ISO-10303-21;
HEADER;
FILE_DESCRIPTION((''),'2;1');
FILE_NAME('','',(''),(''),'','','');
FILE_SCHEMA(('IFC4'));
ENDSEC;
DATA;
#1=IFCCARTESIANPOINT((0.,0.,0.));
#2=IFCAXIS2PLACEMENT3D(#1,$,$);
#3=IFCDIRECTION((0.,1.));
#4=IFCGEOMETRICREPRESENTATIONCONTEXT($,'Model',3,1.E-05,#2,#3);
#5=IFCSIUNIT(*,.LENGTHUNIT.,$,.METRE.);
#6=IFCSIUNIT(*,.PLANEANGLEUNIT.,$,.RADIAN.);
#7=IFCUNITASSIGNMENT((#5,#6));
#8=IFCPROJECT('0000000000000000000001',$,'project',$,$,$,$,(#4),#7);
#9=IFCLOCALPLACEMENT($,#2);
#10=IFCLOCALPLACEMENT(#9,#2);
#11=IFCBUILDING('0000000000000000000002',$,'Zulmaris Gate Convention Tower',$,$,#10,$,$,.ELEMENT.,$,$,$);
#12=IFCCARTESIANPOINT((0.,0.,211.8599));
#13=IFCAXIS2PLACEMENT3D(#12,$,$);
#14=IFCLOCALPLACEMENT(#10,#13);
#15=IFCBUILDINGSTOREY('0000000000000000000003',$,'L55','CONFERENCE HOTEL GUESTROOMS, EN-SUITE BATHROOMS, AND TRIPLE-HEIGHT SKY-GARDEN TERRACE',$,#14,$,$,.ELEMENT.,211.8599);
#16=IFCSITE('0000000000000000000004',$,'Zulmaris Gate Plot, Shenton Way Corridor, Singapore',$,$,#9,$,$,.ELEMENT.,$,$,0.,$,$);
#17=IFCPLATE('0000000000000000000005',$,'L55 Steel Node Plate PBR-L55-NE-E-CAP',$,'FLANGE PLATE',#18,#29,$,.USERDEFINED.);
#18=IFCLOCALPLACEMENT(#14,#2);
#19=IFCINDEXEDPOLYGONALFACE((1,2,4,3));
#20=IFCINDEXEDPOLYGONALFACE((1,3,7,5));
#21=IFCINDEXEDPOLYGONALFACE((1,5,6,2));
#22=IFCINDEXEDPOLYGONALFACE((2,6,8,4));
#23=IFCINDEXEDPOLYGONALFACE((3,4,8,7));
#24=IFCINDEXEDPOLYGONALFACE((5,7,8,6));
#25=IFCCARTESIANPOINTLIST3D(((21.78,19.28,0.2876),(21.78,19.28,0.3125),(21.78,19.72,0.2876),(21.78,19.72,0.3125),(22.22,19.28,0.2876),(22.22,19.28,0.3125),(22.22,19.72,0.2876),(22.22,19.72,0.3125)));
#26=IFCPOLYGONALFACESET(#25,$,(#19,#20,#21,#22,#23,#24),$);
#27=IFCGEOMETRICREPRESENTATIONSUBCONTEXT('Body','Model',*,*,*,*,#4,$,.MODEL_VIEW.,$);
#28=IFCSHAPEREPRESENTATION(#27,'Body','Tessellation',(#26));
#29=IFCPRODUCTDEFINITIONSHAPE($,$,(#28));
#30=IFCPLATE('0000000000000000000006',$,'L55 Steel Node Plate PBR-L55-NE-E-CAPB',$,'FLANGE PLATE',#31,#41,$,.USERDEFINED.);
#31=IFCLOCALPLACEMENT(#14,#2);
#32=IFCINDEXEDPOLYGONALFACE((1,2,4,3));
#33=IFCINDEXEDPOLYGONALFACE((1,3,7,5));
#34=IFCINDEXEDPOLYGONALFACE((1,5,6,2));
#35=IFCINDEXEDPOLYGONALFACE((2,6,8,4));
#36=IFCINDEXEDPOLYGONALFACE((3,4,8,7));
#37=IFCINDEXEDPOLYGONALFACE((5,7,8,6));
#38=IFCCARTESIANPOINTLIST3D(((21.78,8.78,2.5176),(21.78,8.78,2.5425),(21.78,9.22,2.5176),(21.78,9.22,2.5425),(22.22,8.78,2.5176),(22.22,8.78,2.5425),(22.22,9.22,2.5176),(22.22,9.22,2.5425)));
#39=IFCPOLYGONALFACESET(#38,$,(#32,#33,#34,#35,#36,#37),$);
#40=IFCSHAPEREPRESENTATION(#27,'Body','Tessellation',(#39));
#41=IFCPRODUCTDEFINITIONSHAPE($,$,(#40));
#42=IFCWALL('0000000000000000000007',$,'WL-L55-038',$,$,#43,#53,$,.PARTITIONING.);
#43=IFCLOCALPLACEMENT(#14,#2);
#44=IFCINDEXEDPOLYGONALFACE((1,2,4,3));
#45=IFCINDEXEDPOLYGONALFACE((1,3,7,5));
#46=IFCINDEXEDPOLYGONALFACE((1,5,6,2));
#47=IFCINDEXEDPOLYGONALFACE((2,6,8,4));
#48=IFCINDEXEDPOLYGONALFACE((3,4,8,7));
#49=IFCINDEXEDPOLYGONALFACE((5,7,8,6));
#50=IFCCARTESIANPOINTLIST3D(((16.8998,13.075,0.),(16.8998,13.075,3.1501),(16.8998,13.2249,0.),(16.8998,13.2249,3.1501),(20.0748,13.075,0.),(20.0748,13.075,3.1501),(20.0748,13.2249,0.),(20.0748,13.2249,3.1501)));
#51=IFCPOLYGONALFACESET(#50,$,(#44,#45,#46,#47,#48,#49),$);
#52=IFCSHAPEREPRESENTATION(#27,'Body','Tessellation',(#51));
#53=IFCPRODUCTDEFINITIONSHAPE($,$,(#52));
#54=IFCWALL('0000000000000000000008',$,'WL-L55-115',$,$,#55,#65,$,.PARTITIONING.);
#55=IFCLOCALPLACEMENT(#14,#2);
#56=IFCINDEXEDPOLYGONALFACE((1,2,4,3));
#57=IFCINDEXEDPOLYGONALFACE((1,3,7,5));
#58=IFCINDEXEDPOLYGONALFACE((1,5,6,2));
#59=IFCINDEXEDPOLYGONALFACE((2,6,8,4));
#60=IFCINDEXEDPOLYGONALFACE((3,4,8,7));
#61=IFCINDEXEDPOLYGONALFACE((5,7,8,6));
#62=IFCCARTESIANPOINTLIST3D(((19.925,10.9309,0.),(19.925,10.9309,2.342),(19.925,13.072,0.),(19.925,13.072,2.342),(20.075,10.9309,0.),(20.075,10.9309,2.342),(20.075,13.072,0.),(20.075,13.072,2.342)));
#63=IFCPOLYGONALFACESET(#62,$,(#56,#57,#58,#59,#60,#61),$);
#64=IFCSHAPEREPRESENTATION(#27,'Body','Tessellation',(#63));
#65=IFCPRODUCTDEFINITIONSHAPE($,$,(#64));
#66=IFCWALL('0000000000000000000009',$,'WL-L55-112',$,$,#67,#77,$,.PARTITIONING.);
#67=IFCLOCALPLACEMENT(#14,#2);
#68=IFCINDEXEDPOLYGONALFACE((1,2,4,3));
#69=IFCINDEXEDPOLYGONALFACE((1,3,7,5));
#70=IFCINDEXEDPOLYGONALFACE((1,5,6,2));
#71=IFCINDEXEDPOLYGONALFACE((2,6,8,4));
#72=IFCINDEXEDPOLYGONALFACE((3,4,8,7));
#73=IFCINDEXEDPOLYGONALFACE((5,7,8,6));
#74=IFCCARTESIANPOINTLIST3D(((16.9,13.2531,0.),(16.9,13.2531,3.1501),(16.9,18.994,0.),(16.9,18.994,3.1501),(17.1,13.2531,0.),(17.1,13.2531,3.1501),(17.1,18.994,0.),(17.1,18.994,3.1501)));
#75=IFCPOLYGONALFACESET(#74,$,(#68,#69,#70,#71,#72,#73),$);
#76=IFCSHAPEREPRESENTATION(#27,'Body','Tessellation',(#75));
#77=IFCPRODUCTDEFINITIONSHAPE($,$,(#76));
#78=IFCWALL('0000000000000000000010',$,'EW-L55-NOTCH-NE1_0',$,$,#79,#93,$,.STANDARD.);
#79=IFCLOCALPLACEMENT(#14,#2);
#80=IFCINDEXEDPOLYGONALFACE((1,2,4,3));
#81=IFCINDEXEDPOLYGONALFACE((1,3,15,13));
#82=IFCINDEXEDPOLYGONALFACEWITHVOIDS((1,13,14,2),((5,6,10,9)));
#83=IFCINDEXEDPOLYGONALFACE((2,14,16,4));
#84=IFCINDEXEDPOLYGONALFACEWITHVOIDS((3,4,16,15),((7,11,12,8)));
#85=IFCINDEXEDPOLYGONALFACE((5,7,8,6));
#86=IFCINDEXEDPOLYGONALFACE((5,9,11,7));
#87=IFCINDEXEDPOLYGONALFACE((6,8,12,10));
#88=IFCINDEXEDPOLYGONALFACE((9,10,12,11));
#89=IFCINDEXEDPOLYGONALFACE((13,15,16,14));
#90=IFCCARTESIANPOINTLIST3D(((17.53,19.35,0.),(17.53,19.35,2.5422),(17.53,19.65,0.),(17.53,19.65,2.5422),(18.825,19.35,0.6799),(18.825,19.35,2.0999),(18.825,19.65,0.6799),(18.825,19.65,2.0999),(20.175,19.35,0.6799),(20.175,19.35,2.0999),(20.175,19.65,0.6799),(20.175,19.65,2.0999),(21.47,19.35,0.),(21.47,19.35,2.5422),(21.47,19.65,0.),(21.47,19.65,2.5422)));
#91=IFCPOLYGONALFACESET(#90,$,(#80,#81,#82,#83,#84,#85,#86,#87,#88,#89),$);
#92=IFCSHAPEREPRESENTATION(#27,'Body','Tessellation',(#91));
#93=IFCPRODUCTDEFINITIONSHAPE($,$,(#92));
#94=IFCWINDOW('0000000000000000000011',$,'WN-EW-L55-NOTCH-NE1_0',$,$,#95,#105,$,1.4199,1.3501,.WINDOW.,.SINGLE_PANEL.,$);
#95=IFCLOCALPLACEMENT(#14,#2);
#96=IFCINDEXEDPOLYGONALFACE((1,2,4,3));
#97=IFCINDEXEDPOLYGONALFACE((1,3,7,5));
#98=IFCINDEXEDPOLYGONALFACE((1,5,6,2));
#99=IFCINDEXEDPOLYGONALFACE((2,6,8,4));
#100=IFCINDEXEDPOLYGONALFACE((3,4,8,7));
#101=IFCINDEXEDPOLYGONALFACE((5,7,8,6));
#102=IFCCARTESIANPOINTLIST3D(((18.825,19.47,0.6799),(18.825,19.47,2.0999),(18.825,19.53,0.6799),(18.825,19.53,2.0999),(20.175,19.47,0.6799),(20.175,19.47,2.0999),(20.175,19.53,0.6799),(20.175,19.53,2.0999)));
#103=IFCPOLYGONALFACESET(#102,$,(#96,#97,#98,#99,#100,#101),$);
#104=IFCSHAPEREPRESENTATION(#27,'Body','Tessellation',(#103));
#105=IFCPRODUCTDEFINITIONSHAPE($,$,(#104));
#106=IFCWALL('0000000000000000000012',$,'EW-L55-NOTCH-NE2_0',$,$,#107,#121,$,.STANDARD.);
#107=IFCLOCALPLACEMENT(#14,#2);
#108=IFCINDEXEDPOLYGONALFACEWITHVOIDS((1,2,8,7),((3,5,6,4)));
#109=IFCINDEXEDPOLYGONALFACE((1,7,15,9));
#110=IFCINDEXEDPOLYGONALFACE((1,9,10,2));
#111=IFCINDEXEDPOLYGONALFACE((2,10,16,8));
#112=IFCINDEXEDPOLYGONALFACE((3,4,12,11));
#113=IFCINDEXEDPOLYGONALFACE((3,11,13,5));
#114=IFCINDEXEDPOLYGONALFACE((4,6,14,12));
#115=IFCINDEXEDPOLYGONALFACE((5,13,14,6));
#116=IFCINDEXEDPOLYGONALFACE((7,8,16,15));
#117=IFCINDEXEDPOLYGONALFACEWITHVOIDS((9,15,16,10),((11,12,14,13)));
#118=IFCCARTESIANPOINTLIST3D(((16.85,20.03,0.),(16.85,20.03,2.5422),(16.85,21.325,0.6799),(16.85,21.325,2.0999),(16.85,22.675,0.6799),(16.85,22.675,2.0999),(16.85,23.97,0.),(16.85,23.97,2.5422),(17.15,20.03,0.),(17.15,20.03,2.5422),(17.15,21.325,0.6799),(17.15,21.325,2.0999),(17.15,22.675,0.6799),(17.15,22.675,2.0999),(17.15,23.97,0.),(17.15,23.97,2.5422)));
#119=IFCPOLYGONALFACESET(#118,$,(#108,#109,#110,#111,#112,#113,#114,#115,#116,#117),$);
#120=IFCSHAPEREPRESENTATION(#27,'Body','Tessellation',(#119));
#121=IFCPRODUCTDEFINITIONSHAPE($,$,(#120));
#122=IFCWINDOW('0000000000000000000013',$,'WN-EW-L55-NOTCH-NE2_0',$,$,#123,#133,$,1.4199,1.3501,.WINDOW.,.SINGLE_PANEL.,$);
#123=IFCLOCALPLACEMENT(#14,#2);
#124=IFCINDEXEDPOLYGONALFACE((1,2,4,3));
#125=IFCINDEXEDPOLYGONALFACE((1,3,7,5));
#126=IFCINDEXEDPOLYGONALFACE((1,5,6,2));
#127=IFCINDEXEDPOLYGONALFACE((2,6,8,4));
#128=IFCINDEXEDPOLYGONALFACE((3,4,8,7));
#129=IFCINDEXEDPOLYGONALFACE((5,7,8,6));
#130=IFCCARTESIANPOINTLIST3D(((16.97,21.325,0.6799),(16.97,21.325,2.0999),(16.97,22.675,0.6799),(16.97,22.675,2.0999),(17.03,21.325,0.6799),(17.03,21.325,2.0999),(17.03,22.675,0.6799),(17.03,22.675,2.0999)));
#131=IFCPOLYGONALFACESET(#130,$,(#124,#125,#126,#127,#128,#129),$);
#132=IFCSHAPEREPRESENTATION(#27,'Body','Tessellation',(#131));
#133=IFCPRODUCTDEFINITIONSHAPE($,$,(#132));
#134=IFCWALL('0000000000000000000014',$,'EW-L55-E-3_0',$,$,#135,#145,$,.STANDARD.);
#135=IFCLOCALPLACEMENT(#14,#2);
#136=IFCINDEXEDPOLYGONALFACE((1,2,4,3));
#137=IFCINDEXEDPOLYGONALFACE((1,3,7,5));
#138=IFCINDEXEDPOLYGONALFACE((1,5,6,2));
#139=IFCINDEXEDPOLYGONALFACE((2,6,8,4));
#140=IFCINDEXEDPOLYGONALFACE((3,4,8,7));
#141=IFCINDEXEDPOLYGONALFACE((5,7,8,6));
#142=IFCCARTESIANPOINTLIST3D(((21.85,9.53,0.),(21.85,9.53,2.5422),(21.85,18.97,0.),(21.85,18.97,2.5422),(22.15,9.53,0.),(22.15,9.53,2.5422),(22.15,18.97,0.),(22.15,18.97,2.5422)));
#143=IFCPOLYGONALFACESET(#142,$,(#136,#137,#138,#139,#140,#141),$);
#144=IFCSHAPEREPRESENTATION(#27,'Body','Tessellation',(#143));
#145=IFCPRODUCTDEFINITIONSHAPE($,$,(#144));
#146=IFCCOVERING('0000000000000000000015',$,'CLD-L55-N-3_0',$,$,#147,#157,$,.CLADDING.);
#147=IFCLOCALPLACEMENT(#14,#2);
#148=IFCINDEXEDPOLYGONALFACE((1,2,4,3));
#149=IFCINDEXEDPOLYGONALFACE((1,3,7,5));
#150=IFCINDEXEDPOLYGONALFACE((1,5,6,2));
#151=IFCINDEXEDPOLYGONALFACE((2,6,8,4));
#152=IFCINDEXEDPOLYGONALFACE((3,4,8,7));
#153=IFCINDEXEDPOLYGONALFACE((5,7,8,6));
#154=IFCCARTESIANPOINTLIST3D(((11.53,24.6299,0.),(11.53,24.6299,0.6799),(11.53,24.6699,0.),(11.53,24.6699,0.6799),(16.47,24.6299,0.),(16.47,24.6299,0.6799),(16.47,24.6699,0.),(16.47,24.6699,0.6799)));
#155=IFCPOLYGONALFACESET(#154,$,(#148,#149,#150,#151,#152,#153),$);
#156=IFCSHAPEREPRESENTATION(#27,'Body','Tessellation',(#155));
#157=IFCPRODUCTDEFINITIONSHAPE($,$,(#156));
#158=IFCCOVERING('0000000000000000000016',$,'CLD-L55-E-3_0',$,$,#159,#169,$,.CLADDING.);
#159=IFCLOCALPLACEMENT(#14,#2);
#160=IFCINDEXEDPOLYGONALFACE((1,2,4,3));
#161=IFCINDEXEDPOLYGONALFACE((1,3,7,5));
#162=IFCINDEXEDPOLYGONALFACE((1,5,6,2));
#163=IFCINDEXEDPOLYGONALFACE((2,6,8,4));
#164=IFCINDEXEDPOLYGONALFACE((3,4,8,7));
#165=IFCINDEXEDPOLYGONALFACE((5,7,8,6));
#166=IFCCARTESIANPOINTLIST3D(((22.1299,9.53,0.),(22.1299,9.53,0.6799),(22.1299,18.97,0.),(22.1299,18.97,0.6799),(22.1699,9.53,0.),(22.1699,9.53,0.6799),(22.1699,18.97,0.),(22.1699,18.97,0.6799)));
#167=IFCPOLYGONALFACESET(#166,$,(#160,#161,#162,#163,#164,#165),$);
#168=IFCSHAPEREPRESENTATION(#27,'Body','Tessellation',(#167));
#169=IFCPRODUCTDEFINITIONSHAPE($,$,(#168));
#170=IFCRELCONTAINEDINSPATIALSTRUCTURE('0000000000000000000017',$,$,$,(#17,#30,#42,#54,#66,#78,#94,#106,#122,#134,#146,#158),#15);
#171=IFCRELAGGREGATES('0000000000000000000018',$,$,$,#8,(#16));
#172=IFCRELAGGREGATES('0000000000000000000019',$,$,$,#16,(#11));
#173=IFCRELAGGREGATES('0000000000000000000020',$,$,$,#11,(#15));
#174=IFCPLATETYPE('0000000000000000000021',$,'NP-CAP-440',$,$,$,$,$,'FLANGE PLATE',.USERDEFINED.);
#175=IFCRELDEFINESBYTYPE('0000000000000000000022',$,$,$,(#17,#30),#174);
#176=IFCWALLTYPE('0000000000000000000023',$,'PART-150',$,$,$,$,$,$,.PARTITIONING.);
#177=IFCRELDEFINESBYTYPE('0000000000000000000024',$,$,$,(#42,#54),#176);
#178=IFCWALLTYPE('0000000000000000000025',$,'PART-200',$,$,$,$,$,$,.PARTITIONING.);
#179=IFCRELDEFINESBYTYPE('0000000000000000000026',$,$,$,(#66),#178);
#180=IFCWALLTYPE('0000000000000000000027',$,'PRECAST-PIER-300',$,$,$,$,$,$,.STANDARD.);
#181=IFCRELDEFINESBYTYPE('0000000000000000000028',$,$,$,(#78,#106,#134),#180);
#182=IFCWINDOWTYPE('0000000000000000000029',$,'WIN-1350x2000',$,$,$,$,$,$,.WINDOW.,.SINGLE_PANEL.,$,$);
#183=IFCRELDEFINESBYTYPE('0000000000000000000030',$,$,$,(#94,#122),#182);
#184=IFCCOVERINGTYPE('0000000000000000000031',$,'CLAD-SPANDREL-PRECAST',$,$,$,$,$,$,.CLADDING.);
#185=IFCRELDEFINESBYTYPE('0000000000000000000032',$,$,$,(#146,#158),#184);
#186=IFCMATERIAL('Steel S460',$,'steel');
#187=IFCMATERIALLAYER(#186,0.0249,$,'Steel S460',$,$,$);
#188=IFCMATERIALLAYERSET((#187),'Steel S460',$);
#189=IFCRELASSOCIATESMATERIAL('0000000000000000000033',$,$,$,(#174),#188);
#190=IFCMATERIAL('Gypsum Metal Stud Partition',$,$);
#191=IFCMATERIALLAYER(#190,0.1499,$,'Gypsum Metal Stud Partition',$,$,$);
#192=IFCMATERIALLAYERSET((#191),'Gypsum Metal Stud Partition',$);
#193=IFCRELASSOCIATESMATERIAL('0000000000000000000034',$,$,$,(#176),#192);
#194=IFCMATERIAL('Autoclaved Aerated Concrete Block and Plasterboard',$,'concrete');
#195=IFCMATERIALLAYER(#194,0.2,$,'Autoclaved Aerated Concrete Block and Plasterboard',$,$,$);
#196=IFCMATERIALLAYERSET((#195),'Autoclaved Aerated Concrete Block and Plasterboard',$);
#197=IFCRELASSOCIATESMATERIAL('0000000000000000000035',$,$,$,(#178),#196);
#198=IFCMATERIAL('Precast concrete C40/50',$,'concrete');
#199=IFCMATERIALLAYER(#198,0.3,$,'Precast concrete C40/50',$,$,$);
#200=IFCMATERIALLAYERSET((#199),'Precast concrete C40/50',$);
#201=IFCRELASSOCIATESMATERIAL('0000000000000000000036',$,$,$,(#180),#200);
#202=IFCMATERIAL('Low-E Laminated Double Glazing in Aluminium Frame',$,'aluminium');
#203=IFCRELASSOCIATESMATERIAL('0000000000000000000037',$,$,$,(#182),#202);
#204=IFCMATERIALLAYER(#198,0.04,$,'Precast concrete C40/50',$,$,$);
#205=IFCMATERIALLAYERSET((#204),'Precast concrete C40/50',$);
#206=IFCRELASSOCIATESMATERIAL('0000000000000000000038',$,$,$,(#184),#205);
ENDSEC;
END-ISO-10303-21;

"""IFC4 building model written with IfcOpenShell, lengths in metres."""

from ifc_helpers import new_model, si_unit, direction, frame, frame_2d, origin, origin_2d, place, context, subcontext, project, spatial, rectangle, extrude, material, layer, layer_set, type_object, element, fill, save


model = new_model("IFC4")

# Units and contexts
model_context = context("Model", 3, precision=1e-05, world=origin(), true_north=direction((0.0, 1.0)))
body_context = subcontext(model_context, "Body", "Model", "MODEL_VIEW")
ifc_project = project(units=[si_unit("LENGTHUNIT", "METRE"), si_unit("PLANEANGLEUNIT", "RADIAN")], contexts=[model_context])

# Site, building, storey
site_placement = place(None, origin())
site = spatial("IfcSite", under=ifc_project, at=site_placement, Name="Zulmaris Gate Plot, Shenton Way Corridor, Singapore", CompositionType="ELEMENT", RefElevation=0.0)
building_placement = place(site_placement, origin())
building = spatial("IfcBuilding", under=site, at=building_placement, Name="Zulmaris Gate Convention Tower", CompositionType="ELEMENT")
storey_placement = place(building_placement, frame((0.0, 0.0, 211.8599)))
storey = spatial("IfcBuildingStorey", under=building, at=storey_placement, Name="L55", Description="CONFERENCE HOTEL GUESTROOMS, EN-SUITE BATHROOMS, AND TRIPLE-HEIGHT SKY-GARDEN TERRACE", CompositionType="ELEMENT", Elevation=211.8599)

# Plates
ifc_material_1 = material(Name="Steel S460", Category="steel")
ifc_layer_1 = layer(ifc_material_1, 0.0249, Name="Steel S460")
ifc_layer_set_1 = layer_set([ifc_layer_1], Name="Steel S460")
plate_type = type_object("IfcPlateType", Name="NP-CAP-440", ElementType="FLANGE PLATE", PredefinedType="USERDEFINED", material=ifc_layer_set_1)
for number, where, z_axis, x_axis, name in (
    (1, (22.0, 19.5, 0.2876), (0.0, 0.0, 1.0), (1.0, 0.0, 0.0), "L55 Steel Node Plate PBR-L55-NE-E-CAP"),
    (2, (22.0, 9.0, 2.5176), (0.0, 0.0, 1.0), (1.0, 0.0, 0.0), "L55 Steel Node Plate PBR-L55-NE-E-CAPB"),
):
    element("IfcPlate", number, at=place(storey_placement, frame(where, z_axis=z_axis, x_axis=x_axis)), inside=storey, type_object=plate_type, Name=name, ObjectType="FLANGE PLATE", PredefinedType="USERDEFINED", context=body_context, shape_type="SweptSolid", body=[
        extrude(rectangle(XDim=0.4399, YDim=0.4399, at=origin_2d()), origin(), (0.0, 0.0, 1.0), 0.0249),
    ])

# Walls
ifc_material_2 = material(Name="Gypsum Metal Stud Partition")
ifc_layer_2 = layer(ifc_material_2, 0.1499, Name="Gypsum Metal Stud Partition")
ifc_layer_set_2 = layer_set([ifc_layer_2], Name="Gypsum Metal Stud Partition")
wall_type_1 = type_object("IfcWallType", Name="PART-150", PredefinedType="PARTITIONING", material=ifc_layer_set_2)
wall_1_placement = place(storey_placement, frame((16.8999, 13.1499, 0.0), z_axis=(0.0, 0.0, 1.0), x_axis=(1.0, 0.0, 0.0)))
element("IfcWall", 3, at=wall_1_placement, inside=storey, type_object=wall_type_1, Name="WL-L55-038", PredefinedType="PARTITIONING", context=body_context, shape_type="SweptSolid", body=[
    extrude(rectangle(XDim=3.175, YDim=0.1499, at=frame_2d((1.5874, 0.0))), origin(), (0.0, 0.0, 1.0), 3.1501),
])
wall_2_placement = place(storey_placement, frame((20.0, 10.9309, 0.0), z_axis=(0.0, 0.0, 1.0), x_axis=(0.0, 1.0, 0.0)))
element("IfcWall", 4, at=wall_2_placement, inside=storey, type_object=wall_type_1, Name="WL-L55-115", PredefinedType="PARTITIONING", context=body_context, shape_type="SweptSolid", body=[
    extrude(rectangle(XDim=2.1411, YDim=0.1499, at=frame_2d((1.0706, 0.0))), origin(), (0.0, 0.0, 1.0), 2.342),
])
ifc_material_3 = material(Name="Autoclaved Aerated Concrete Block and Plasterboard", Category="concrete")
ifc_layer_3 = layer(ifc_material_3, 0.2, Name="Autoclaved Aerated Concrete Block and Plasterboard")
ifc_layer_set_3 = layer_set([ifc_layer_3], Name="Autoclaved Aerated Concrete Block and Plasterboard")
wall_type_2 = type_object("IfcWallType", Name="PART-200", PredefinedType="PARTITIONING", material=ifc_layer_set_3)
wall_3_placement = place(storey_placement, frame((17.0, 13.2529, 0.0), z_axis=(0.0, 0.0, 1.0), x_axis=(0.0, 1.0, 0.0)))
element("IfcWall", 5, at=wall_3_placement, inside=storey, type_object=wall_type_2, Name="WL-L55-112", PredefinedType="PARTITIONING", context=body_context, shape_type="SweptSolid", body=[
    extrude(rectangle(XDim=5.741, YDim=0.2, at=frame_2d((2.8706, 0.0))), origin(), (0.0, 0.0, 1.0), 3.1501),
])

# Walls, openings, windows
ifc_material_4 = material(Name="Precast concrete C40/50", Category="concrete")
ifc_layer_4 = layer(ifc_material_4, 0.3, Name="Precast concrete C40/50")
ifc_layer_set_4 = layer_set([ifc_layer_4], Name="Precast concrete C40/50")
wall_type_3 = type_object("IfcWallType", Name="PRECAST-PIER-300", PredefinedType="STANDARD", material=ifc_layer_set_4)
wall_4_placement = place(storey_placement, frame((21.47, 19.5, 0.0), z_axis=(0.0, 0.0, 1.0), x_axis=(-1.0, 0.0, 0.0)))
wall_4 = element("IfcWall", 6, at=wall_4_placement, inside=storey, type_object=wall_type_3, Name="EW-L55-NOTCH-NE1_0", PredefinedType="STANDARD", context=body_context, shape_type="SweptSolid", body=[
    extrude(rectangle(XDim=3.9399, YDim=0.3, at=frame_2d((1.97, 0.0))), origin(), (0.0, 0.0, 1.0), 2.5422),
])
opening_1_placement = place(wall_4_placement, frame((1.2949, 0.0, 0.6799)))
opening_1 = element("IfcOpeningElement", 7, at=opening_1_placement, cuts=wall_4, PredefinedType="OPENING", context=body_context, shape_type="SweptSolid", body=[
    extrude(rectangle(XDim=1.3501, YDim=1.4199, at=frame_2d((0.675, 0.71))), frame((0.0, 0.1602, 0.0), z_axis=(0.0, -1.0, 0.0), x_axis=(1.0, 0.0, 0.0)), (0.0, 0.0, 1.0), 0.3201),
])
ifc_material_5 = material(Name="Low-E Laminated Double Glazing in Aluminium Frame", Category="aluminium")
window_type = type_object("IfcWindowType", Name="WIN-1350x2000", PartitioningType="SINGLE_PANEL", PredefinedType="WINDOW", material=ifc_material_5)
window_1_placement = place(opening_1_placement, origin())
window_1 = element("IfcWindow", 8, at=window_1_placement, inside=storey, type_object=window_type, Name="WN-EW-L55-NOTCH-NE1_0", OverallHeight=1.4199, OverallWidth=1.3501, PartitioningType="SINGLE_PANEL", PredefinedType="WINDOW", context=body_context, shape_type="SweptSolid", body=[
    extrude(rectangle(XDim=1.3501, YDim=1.4199, at=frame_2d((0.675, 0.71))), frame((0.0, 0.03, 0.0), z_axis=(0.0, -1.0, 0.0), x_axis=(1.0, 0.0, 0.0)), (0.0, 0.0, 1.0), 0.0601),
])
fill(opening_1, window_1)
wall_5_placement = place(storey_placement, frame((17.0, 20.03, 0.0), z_axis=(0.0, 0.0, 1.0), x_axis=(0.0, 1.0, 0.0)))
wall_5 = element("IfcWall", 9, at=wall_5_placement, inside=storey, type_object=wall_type_3, Name="EW-L55-NOTCH-NE2_0", PredefinedType="STANDARD", context=body_context, shape_type="SweptSolid", body=[
    extrude(rectangle(XDim=3.9399, YDim=0.3, at=frame_2d((1.97, 0.0))), origin(), (0.0, 0.0, 1.0), 2.5422),
])
opening_2_placement = place(wall_5_placement, frame((1.2949, 0.0, 0.6799)))
opening_2 = element("IfcOpeningElement", 10, at=opening_2_placement, cuts=wall_5, PredefinedType="OPENING", context=body_context, shape_type="SweptSolid", body=[
    extrude(rectangle(XDim=1.3501, YDim=1.4199, at=frame_2d((0.675, 0.71))), frame((0.0, 0.1602, 0.0), z_axis=(0.0, -1.0, 0.0), x_axis=(1.0, 0.0, 0.0)), (0.0, 0.0, 1.0), 0.3201),
])
window_2_placement = place(opening_2_placement, origin())
window_2 = element("IfcWindow", 11, at=window_2_placement, inside=storey, type_object=window_type, Name="WN-EW-L55-NOTCH-NE2_0", OverallHeight=1.4199, OverallWidth=1.3501, PartitioningType="SINGLE_PANEL", PredefinedType="WINDOW", context=body_context, shape_type="SweptSolid", body=[
    extrude(rectangle(XDim=1.3501, YDim=1.4199, at=frame_2d((0.675, 0.71))), frame((0.0, 0.03, 0.0), z_axis=(0.0, -1.0, 0.0), x_axis=(1.0, 0.0, 0.0)), (0.0, 0.0, 1.0), 0.0601),
])
fill(opening_2, window_2)

# Wall
wall_6_placement = place(storey_placement, frame((22.0, 9.53, 0.0), z_axis=(0.0, 0.0, 1.0), x_axis=(0.0, 1.0, 0.0)))
element("IfcWall", 12, at=wall_6_placement, inside=storey, type_object=wall_type_3, Name="EW-L55-E-3_0", PredefinedType="STANDARD", context=body_context, shape_type="SweptSolid", body=[
    extrude(rectangle(XDim=9.4399, YDim=0.3, at=frame_2d((4.72, 0.0))), origin(), (0.0, 0.0, 1.0), 2.5422),
])

# Coverings
ifc_layer_5 = layer(ifc_material_4, 0.04, Name="Precast concrete C40/50")
ifc_layer_set_5 = layer_set([ifc_layer_5], Name="Precast concrete C40/50")
covering_type_1 = type_object("IfcCoveringType", Name="CLAD-SPANDREL-PRECAST", PredefinedType="CLADDING", material=ifc_layer_set_5)
covering_1_placement = place(storey_placement, frame((16.47, 24.6499, 0.0), z_axis=(0.0, 0.0, 1.0), x_axis=(-1.0, 0.0, 0.0)))
element("IfcCovering", 13, at=covering_1_placement, inside=storey, type_object=covering_type_1, Name="CLD-L55-N-3_0", PredefinedType="CLADDING", context=body_context, shape_type="SweptSolid", body=[
    extrude(rectangle(XDim=4.9399, YDim=0.04, at=frame_2d((2.47, 0.0))), origin(), (0.0, 0.0, 1.0), 0.6799),
])
covering_2_placement = place(storey_placement, frame((22.1499, 9.53, 0.0), z_axis=(0.0, 0.0, 1.0), x_axis=(0.0, 1.0, 0.0)))
element("IfcCovering", 14, at=covering_2_placement, inside=storey, type_object=covering_type_1, Name="CLD-L55-E-3_0", PredefinedType="CLADDING", context=body_context, shape_type="SweptSolid", body=[
    extrude(rectangle(XDim=9.4399, YDim=0.04, at=frame_2d((4.72, 0.0))), origin(), (0.0, 0.0, 1.0), 0.6799),
])

save(model, "model.ifc")
